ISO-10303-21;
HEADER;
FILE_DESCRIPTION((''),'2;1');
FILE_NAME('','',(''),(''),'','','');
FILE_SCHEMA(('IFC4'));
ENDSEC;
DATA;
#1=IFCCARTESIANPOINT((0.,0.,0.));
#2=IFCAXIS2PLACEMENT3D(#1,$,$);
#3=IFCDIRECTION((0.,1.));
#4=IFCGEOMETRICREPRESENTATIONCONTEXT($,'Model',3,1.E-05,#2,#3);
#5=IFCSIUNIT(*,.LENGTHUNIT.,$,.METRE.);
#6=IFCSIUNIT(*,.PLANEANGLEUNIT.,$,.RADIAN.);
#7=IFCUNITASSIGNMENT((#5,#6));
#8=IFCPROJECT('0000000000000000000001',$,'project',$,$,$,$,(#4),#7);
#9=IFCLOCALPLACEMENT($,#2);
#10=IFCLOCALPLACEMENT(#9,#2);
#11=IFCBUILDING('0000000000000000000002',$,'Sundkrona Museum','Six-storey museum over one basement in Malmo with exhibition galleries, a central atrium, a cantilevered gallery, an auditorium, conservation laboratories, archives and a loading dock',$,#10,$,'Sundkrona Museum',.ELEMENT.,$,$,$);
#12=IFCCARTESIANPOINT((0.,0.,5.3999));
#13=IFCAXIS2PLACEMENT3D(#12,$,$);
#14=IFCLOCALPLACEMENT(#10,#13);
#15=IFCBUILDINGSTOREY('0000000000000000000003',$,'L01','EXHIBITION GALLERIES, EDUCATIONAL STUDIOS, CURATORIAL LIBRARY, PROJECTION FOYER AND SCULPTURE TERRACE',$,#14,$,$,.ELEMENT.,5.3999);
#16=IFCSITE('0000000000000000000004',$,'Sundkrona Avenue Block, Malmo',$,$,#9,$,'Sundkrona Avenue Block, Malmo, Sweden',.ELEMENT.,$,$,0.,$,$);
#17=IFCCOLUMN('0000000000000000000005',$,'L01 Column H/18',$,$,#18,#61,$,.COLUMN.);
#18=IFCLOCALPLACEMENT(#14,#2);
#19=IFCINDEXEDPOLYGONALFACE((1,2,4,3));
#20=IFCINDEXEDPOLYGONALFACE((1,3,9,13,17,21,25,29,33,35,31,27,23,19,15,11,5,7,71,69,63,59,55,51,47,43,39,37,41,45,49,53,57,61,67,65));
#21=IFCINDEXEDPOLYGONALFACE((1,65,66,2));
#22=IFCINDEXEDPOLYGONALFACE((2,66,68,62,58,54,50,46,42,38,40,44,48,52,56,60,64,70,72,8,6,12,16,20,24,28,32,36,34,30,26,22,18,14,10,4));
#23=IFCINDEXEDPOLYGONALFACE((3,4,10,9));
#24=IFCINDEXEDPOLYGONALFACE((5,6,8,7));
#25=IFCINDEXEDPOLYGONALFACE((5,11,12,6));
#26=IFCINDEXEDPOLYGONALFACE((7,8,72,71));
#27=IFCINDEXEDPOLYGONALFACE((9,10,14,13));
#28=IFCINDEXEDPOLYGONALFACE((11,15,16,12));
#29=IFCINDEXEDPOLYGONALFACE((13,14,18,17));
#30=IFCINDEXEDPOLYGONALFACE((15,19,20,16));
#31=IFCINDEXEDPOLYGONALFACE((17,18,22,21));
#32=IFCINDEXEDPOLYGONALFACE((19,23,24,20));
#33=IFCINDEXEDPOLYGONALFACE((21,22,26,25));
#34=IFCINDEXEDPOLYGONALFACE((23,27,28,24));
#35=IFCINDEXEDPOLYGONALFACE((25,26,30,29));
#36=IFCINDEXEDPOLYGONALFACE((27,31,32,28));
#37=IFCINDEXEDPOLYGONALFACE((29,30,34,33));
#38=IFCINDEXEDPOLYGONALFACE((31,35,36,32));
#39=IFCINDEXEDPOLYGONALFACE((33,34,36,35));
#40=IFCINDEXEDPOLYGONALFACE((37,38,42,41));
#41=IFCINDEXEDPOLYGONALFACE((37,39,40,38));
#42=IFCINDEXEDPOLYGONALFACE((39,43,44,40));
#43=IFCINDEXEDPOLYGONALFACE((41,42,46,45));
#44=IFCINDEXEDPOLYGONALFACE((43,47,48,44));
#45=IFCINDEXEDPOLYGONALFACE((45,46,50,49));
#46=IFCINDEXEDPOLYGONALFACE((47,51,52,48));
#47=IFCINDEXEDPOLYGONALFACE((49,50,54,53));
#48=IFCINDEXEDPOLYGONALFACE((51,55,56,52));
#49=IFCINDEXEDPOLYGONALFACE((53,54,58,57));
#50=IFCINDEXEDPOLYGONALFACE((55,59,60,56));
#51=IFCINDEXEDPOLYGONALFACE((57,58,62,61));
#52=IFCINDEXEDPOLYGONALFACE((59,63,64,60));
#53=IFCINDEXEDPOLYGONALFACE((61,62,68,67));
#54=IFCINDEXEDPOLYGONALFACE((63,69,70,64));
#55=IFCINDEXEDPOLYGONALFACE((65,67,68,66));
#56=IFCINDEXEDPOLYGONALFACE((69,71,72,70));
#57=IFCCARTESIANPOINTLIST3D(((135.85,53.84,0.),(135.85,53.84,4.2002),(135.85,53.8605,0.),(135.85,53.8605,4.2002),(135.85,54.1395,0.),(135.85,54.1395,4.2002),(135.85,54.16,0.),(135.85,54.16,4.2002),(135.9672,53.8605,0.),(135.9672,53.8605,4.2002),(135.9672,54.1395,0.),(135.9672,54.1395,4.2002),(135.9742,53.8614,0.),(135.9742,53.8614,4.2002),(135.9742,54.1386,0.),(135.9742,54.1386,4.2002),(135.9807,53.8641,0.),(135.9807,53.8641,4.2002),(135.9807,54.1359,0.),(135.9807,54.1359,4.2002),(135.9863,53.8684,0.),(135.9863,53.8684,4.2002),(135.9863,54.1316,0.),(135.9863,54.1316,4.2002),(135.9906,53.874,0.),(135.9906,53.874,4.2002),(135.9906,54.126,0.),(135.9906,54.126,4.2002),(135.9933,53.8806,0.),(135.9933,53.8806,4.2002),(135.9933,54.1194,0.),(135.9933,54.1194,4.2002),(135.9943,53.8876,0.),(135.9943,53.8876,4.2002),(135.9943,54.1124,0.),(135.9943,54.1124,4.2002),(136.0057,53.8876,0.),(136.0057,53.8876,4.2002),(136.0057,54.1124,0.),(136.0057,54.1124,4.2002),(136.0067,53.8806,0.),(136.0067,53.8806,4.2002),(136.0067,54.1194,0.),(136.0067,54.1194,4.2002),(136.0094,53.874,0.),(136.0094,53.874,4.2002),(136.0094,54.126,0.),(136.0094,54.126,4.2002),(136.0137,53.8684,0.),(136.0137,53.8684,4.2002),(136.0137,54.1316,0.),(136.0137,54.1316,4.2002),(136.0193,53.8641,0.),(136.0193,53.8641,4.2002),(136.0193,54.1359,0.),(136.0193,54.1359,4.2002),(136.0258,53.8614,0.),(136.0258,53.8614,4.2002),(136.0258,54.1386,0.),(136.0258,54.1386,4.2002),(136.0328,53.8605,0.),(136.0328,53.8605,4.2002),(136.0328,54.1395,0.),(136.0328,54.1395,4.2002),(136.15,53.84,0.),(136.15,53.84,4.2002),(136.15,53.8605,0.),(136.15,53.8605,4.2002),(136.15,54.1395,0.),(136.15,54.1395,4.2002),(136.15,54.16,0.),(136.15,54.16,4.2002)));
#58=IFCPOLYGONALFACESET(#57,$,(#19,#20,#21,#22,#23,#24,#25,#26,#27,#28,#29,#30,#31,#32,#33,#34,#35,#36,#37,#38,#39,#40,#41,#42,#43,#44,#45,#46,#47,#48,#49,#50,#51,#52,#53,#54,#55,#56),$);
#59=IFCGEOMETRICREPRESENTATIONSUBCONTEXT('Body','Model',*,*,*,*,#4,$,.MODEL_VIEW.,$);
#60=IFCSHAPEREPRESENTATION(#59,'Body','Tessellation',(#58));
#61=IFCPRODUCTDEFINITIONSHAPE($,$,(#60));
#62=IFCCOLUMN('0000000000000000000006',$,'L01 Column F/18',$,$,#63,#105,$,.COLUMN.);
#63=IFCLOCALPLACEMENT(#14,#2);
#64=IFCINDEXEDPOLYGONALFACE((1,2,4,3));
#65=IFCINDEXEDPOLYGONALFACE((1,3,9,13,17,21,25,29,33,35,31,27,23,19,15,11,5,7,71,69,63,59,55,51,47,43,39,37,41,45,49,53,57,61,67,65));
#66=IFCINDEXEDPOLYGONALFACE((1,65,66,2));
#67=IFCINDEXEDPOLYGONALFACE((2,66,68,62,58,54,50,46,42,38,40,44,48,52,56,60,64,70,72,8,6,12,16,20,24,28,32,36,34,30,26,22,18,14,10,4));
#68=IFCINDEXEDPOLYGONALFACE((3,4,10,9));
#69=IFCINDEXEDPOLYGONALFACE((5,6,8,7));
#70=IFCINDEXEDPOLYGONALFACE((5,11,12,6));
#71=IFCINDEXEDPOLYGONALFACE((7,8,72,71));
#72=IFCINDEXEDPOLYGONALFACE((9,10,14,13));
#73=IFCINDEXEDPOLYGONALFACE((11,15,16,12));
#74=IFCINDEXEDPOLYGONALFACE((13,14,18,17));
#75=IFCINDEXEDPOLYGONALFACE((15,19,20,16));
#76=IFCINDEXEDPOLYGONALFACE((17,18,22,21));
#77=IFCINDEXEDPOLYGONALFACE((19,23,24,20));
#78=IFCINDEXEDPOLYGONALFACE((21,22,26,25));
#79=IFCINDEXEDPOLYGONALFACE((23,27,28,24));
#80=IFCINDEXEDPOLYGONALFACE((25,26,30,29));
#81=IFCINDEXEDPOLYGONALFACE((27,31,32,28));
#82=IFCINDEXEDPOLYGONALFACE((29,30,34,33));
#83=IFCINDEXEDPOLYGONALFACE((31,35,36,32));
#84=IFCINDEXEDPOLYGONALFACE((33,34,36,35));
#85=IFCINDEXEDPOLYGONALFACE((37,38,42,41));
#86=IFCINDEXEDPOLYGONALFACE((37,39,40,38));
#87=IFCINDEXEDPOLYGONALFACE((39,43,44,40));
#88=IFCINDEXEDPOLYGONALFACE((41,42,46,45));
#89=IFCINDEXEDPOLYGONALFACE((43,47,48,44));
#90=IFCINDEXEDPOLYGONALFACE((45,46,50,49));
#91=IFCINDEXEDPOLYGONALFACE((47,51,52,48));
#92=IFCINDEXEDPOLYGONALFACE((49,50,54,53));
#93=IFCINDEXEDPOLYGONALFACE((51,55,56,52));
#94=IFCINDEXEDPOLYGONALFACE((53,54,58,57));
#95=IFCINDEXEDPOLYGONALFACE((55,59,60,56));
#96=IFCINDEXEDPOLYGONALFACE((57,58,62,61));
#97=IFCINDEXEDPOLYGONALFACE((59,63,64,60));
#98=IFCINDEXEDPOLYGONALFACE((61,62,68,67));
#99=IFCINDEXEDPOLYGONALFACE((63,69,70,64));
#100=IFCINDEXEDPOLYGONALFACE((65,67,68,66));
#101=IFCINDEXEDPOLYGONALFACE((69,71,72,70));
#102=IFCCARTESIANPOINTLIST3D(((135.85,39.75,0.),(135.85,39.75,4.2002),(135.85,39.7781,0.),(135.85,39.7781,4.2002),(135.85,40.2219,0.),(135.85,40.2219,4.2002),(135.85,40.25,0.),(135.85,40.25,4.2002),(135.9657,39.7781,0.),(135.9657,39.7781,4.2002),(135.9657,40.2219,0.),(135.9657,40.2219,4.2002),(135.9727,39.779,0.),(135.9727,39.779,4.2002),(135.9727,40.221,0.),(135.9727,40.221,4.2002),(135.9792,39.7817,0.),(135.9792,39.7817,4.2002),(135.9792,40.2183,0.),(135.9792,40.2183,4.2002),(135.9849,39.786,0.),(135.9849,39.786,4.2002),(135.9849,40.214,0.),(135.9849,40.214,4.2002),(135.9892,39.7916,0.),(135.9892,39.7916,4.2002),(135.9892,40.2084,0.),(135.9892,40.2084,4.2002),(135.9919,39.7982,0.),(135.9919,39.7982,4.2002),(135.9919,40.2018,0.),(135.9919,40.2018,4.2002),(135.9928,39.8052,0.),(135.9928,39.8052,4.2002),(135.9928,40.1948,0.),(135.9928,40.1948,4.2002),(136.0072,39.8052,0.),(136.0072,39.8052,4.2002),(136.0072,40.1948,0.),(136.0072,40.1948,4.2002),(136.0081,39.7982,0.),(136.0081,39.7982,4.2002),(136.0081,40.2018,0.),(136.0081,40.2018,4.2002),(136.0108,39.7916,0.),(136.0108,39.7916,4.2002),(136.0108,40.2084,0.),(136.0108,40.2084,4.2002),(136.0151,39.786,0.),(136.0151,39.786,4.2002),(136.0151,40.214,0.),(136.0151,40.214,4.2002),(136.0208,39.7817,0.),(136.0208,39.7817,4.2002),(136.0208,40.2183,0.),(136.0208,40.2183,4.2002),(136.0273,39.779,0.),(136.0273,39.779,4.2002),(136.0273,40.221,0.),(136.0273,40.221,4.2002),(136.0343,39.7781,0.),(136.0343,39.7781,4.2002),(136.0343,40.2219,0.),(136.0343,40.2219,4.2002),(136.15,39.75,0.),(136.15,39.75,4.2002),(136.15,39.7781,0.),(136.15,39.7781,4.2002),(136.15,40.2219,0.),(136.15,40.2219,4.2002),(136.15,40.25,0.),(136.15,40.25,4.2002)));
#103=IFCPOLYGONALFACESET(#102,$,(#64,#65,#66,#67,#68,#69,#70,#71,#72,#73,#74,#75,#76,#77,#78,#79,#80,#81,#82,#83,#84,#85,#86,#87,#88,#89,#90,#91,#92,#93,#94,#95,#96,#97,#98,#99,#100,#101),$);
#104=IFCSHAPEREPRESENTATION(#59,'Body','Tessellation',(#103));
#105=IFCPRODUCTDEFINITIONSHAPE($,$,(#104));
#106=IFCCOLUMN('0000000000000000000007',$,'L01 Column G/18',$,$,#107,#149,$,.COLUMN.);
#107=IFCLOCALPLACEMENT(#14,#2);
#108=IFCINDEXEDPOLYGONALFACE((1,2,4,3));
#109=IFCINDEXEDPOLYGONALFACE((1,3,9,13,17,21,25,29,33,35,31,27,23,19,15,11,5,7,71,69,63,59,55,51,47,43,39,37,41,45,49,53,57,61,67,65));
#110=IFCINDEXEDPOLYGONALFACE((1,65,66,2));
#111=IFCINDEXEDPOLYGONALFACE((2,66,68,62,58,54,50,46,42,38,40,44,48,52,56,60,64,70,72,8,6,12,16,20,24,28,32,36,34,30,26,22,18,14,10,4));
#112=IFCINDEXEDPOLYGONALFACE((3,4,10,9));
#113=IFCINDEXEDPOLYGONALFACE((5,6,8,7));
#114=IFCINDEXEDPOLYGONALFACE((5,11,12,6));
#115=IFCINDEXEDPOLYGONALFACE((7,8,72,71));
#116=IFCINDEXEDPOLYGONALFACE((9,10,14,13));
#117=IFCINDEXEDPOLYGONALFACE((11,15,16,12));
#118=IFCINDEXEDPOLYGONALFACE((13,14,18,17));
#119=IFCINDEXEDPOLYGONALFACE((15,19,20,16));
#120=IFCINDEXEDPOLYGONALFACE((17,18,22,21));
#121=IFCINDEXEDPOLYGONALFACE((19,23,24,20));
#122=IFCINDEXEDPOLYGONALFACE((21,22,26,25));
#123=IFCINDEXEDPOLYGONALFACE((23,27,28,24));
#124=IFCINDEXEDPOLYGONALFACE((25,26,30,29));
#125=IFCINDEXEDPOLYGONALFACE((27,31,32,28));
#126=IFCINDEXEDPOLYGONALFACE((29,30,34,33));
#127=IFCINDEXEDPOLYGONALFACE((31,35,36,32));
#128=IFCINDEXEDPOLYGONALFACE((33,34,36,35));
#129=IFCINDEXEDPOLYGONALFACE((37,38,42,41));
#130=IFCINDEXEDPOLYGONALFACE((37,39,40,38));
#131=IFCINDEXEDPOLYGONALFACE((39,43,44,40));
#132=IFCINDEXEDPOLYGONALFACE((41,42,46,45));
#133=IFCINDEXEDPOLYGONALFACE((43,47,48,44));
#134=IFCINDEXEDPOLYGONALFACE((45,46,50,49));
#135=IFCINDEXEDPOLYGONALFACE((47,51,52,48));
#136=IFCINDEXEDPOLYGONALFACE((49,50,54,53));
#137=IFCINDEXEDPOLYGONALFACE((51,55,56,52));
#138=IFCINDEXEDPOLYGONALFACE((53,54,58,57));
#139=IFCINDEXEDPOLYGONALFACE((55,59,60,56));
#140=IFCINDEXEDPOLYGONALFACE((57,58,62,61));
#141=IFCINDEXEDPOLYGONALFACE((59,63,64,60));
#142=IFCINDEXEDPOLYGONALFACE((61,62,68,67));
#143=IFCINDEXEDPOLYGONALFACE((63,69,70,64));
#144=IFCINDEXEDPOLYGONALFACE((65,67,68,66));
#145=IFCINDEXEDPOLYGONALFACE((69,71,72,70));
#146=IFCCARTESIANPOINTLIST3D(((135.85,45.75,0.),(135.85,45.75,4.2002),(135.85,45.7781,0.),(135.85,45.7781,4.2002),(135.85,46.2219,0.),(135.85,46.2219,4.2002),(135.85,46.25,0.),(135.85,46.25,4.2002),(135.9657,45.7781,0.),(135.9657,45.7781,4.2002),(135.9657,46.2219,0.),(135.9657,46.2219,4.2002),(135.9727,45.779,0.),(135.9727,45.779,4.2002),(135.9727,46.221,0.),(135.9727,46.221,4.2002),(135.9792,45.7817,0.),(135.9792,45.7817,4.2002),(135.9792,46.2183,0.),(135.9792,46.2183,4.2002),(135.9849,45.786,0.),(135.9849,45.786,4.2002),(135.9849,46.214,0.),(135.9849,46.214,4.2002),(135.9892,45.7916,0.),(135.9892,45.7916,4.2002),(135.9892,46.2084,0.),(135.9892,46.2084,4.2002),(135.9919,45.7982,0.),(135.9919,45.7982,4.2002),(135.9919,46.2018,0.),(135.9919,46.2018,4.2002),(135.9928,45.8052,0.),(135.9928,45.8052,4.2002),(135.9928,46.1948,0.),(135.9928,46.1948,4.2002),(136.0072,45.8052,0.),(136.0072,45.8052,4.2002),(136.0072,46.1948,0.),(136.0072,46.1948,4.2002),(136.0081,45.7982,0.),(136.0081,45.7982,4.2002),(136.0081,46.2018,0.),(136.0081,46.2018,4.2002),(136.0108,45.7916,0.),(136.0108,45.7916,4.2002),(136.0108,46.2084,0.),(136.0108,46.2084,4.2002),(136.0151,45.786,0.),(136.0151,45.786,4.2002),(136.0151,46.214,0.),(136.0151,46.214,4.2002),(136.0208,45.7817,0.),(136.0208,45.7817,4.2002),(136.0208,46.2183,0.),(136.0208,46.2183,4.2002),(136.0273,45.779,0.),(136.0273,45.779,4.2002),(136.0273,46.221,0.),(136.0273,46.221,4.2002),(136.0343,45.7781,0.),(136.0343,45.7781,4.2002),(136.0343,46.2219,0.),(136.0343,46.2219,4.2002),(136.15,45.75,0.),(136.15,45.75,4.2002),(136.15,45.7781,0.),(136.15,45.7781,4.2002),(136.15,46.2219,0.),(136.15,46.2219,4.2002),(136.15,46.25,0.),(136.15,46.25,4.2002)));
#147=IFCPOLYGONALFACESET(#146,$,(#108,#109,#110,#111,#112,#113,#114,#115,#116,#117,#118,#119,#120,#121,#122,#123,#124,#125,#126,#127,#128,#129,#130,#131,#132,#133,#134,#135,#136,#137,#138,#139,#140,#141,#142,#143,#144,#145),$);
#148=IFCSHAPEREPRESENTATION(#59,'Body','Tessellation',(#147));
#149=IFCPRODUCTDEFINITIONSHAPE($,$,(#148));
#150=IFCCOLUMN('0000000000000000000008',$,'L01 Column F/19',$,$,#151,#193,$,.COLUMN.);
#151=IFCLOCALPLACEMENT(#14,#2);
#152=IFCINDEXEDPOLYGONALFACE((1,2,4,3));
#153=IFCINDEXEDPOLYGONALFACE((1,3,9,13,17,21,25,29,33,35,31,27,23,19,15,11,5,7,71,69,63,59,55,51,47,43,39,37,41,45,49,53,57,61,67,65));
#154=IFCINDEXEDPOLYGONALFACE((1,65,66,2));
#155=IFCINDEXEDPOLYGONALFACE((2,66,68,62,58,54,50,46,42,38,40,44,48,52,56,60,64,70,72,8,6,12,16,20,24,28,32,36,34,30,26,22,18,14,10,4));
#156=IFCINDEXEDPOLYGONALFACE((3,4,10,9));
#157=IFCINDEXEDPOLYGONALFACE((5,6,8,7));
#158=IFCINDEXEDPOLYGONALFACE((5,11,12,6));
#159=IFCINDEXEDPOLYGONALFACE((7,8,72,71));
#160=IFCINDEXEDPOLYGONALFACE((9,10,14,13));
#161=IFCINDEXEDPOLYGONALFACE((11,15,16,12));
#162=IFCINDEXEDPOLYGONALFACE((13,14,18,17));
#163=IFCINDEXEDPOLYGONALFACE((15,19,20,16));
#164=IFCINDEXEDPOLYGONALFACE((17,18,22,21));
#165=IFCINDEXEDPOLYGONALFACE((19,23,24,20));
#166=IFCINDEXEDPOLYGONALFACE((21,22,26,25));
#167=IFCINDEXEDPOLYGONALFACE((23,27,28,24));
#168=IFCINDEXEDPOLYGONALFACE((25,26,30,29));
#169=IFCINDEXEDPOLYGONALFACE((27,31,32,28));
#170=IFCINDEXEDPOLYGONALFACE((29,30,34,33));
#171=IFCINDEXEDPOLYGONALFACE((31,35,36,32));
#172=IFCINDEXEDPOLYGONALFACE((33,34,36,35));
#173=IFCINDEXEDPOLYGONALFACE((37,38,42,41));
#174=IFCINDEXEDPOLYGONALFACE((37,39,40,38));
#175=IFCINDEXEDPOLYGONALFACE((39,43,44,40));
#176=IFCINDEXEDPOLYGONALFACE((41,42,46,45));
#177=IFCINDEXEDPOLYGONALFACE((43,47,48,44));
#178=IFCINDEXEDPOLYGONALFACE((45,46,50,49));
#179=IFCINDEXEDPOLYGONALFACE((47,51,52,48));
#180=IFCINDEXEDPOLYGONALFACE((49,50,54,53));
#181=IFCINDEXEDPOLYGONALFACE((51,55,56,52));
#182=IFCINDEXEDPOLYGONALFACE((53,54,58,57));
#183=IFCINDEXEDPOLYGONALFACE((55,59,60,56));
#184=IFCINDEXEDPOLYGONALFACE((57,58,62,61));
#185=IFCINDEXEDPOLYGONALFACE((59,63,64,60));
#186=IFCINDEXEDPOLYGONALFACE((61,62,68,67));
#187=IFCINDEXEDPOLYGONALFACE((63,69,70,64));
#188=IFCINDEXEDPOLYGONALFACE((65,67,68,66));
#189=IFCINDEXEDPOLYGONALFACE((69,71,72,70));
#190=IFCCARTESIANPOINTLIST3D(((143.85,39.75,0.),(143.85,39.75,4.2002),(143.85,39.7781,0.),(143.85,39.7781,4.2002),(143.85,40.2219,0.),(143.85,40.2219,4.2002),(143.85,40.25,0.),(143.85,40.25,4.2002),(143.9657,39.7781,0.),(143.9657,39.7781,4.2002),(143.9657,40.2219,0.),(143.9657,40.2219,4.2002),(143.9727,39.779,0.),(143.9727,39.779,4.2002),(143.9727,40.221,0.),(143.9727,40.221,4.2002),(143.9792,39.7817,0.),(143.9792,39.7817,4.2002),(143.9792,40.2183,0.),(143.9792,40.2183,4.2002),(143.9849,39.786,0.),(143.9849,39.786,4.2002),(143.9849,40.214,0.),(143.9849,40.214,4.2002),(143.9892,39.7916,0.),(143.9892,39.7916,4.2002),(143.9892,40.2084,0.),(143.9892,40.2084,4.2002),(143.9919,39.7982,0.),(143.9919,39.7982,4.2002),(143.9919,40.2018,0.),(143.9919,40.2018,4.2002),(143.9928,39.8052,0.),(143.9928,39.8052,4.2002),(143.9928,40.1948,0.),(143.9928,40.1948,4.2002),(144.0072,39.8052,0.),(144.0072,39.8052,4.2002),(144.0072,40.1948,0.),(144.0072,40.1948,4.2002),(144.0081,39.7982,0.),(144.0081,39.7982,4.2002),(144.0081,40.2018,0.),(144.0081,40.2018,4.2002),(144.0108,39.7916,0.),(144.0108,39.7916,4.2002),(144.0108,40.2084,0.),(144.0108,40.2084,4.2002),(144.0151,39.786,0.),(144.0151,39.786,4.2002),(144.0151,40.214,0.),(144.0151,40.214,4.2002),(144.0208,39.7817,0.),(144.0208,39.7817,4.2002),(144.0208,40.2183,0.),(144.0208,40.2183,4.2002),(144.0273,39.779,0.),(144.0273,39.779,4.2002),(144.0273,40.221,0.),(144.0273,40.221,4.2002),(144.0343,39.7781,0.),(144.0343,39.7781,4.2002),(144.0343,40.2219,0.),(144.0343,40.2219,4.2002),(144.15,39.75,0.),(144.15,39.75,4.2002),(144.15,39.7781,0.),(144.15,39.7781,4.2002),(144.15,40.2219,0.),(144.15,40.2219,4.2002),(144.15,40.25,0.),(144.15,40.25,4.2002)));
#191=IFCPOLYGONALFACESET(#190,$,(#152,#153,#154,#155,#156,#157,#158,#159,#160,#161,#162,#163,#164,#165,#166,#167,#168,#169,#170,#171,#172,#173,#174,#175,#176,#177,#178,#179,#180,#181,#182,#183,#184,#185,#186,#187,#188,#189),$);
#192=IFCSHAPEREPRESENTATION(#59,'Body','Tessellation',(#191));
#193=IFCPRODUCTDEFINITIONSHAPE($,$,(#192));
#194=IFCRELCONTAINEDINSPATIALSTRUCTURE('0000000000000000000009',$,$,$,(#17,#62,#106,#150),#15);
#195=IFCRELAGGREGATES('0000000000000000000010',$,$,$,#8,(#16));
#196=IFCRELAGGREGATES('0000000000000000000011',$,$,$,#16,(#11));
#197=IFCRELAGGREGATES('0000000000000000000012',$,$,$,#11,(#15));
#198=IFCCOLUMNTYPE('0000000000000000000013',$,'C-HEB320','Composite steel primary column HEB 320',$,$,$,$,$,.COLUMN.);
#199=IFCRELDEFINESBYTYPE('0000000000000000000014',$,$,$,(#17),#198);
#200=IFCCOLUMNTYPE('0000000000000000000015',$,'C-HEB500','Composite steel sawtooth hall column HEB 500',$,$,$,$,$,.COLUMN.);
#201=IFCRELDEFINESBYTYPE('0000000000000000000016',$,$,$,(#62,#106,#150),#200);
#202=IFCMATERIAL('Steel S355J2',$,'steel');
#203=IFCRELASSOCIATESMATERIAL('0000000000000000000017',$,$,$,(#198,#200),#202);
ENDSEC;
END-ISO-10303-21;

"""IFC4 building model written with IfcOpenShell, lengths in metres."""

from ifc_helpers import new_model, si_unit, direction, frame, origin, origin_2d, place, context, subcontext, project, spatial, i_section, extrude, material, material_profile, profile_set, type_object, element, save


model = new_model("IFC4")

# Units and contexts
model_context = context("Model", 3, precision=1e-05, world=origin(), true_north=direction((0.0, 1.0)))
body_context = subcontext(model_context, "Body", "Model", "MODEL_VIEW")
ifc_project = project(units=[si_unit("LENGTHUNIT", "METRE"), si_unit("PLANEANGLEUNIT", "RADIAN")], contexts=[model_context])

# Site, building, storey
site_placement = place(None, origin())
site = spatial("IfcSite", under=ifc_project, at=site_placement, Name="Sundkrona Avenue Block, Malmo", LongName="Sundkrona Avenue Block, Malmo, Sweden", CompositionType="ELEMENT", RefElevation=0.0)
building_placement = place(site_placement, origin())
building = spatial("IfcBuilding", under=site, at=building_placement, Name="Sundkrona Museum", Description="Six-storey museum over one basement in Malmo with exhibition galleries, a central atrium, a cantilevered gallery, an auditorium, conservation laboratories, archives and a loading dock", LongName="Sundkrona Museum", CompositionType="ELEMENT")
storey_placement = place(building_placement, frame((0.0, 0.0, 5.3999)))
storey = spatial("IfcBuildingStorey", under=building, at=storey_placement, Name="L01", Description="EXHIBITION GALLERIES, EDUCATIONAL STUDIOS, CURATORIAL LIBRARY, PROJECTION FOYER AND SCULPTURE TERRACE", CompositionType="ELEMENT", Elevation=5.3999)

# Columns
ifc_material_1 = material(Name="Steel S355J2", Category="steel")
ifc_material_profile_1 = material_profile(ifc_material_1, i_section(OverallWidth=0.3, OverallDepth=0.3201, WebThickness=0.0115, FlangeThickness=0.0205, FilletRadius=0.0271, at=origin_2d()), Name="HEB 320")
ifc_profile_set_1 = profile_set([ifc_material_profile_1], Name="Steel S355J2")
column_type_1 = type_object("IfcColumnType", Name="C-HEB320", Description="Composite steel primary column HEB 320", PredefinedType="COLUMN", material=ifc_profile_set_1)
column_placement = place(storey_placement, frame((136.0, 54.0, 0.0), z_axis=(0.0, 0.0, 1.0), x_axis=(1.0, 0.0, 0.0)))
element("IfcColumn", 1, at=column_placement, inside=storey, type_object=column_type_1, Name="L01 Column H/18", PredefinedType="COLUMN", context=body_context, shape_type="SweptSolid", body=[
    extrude(i_section(OverallWidth=0.3, OverallDepth=0.3201, WebThickness=0.0115, FlangeThickness=0.0205, FilletRadius=0.0271, at=origin_2d()), origin(), (0.0, 0.0, 1.0), 4.2002),
])
ifc_material_profile_2 = material_profile(ifc_material_1, i_section(OverallWidth=0.3, OverallDepth=0.5, WebThickness=0.0144, FlangeThickness=0.0281, FilletRadius=0.0271, at=origin_2d()), Name="HEB 500")
ifc_profile_set_2 = profile_set([ifc_material_profile_2], Name="Steel S355J2")
column_type_2 = type_object("IfcColumnType", Name="C-HEB500", Description="Composite steel sawtooth hall column HEB 500", PredefinedType="COLUMN", material=ifc_profile_set_2)
for number, where, z_axis, x_axis, name in (
    (2, (136.0, 40.0, 0.0), (0.0, 0.0, 1.0), (1.0, 0.0, 0.0), "L01 Column F/18"),
    (3, (136.0, 46.0, 0.0), (0.0, 0.0, 1.0), (1.0, 0.0, 0.0), "L01 Column G/18"),
    (4, (144.0, 40.0, 0.0), (0.0, 0.0, 1.0), (1.0, 0.0, 0.0), "L01 Column F/19"),
):
    element("IfcColumn", number, at=place(storey_placement, frame(where, z_axis=z_axis, x_axis=x_axis)), inside=storey, type_object=column_type_2, Name=name, PredefinedType="COLUMN", context=body_context, shape_type="SweptSolid", body=[
        extrude(i_section(OverallWidth=0.3, OverallDepth=0.5, WebThickness=0.0144, FlangeThickness=0.0281, FilletRadius=0.0271, at=origin_2d()), origin(), (0.0, 0.0, 1.0), 4.2002),
    ])

save(model, "model.ifc")
